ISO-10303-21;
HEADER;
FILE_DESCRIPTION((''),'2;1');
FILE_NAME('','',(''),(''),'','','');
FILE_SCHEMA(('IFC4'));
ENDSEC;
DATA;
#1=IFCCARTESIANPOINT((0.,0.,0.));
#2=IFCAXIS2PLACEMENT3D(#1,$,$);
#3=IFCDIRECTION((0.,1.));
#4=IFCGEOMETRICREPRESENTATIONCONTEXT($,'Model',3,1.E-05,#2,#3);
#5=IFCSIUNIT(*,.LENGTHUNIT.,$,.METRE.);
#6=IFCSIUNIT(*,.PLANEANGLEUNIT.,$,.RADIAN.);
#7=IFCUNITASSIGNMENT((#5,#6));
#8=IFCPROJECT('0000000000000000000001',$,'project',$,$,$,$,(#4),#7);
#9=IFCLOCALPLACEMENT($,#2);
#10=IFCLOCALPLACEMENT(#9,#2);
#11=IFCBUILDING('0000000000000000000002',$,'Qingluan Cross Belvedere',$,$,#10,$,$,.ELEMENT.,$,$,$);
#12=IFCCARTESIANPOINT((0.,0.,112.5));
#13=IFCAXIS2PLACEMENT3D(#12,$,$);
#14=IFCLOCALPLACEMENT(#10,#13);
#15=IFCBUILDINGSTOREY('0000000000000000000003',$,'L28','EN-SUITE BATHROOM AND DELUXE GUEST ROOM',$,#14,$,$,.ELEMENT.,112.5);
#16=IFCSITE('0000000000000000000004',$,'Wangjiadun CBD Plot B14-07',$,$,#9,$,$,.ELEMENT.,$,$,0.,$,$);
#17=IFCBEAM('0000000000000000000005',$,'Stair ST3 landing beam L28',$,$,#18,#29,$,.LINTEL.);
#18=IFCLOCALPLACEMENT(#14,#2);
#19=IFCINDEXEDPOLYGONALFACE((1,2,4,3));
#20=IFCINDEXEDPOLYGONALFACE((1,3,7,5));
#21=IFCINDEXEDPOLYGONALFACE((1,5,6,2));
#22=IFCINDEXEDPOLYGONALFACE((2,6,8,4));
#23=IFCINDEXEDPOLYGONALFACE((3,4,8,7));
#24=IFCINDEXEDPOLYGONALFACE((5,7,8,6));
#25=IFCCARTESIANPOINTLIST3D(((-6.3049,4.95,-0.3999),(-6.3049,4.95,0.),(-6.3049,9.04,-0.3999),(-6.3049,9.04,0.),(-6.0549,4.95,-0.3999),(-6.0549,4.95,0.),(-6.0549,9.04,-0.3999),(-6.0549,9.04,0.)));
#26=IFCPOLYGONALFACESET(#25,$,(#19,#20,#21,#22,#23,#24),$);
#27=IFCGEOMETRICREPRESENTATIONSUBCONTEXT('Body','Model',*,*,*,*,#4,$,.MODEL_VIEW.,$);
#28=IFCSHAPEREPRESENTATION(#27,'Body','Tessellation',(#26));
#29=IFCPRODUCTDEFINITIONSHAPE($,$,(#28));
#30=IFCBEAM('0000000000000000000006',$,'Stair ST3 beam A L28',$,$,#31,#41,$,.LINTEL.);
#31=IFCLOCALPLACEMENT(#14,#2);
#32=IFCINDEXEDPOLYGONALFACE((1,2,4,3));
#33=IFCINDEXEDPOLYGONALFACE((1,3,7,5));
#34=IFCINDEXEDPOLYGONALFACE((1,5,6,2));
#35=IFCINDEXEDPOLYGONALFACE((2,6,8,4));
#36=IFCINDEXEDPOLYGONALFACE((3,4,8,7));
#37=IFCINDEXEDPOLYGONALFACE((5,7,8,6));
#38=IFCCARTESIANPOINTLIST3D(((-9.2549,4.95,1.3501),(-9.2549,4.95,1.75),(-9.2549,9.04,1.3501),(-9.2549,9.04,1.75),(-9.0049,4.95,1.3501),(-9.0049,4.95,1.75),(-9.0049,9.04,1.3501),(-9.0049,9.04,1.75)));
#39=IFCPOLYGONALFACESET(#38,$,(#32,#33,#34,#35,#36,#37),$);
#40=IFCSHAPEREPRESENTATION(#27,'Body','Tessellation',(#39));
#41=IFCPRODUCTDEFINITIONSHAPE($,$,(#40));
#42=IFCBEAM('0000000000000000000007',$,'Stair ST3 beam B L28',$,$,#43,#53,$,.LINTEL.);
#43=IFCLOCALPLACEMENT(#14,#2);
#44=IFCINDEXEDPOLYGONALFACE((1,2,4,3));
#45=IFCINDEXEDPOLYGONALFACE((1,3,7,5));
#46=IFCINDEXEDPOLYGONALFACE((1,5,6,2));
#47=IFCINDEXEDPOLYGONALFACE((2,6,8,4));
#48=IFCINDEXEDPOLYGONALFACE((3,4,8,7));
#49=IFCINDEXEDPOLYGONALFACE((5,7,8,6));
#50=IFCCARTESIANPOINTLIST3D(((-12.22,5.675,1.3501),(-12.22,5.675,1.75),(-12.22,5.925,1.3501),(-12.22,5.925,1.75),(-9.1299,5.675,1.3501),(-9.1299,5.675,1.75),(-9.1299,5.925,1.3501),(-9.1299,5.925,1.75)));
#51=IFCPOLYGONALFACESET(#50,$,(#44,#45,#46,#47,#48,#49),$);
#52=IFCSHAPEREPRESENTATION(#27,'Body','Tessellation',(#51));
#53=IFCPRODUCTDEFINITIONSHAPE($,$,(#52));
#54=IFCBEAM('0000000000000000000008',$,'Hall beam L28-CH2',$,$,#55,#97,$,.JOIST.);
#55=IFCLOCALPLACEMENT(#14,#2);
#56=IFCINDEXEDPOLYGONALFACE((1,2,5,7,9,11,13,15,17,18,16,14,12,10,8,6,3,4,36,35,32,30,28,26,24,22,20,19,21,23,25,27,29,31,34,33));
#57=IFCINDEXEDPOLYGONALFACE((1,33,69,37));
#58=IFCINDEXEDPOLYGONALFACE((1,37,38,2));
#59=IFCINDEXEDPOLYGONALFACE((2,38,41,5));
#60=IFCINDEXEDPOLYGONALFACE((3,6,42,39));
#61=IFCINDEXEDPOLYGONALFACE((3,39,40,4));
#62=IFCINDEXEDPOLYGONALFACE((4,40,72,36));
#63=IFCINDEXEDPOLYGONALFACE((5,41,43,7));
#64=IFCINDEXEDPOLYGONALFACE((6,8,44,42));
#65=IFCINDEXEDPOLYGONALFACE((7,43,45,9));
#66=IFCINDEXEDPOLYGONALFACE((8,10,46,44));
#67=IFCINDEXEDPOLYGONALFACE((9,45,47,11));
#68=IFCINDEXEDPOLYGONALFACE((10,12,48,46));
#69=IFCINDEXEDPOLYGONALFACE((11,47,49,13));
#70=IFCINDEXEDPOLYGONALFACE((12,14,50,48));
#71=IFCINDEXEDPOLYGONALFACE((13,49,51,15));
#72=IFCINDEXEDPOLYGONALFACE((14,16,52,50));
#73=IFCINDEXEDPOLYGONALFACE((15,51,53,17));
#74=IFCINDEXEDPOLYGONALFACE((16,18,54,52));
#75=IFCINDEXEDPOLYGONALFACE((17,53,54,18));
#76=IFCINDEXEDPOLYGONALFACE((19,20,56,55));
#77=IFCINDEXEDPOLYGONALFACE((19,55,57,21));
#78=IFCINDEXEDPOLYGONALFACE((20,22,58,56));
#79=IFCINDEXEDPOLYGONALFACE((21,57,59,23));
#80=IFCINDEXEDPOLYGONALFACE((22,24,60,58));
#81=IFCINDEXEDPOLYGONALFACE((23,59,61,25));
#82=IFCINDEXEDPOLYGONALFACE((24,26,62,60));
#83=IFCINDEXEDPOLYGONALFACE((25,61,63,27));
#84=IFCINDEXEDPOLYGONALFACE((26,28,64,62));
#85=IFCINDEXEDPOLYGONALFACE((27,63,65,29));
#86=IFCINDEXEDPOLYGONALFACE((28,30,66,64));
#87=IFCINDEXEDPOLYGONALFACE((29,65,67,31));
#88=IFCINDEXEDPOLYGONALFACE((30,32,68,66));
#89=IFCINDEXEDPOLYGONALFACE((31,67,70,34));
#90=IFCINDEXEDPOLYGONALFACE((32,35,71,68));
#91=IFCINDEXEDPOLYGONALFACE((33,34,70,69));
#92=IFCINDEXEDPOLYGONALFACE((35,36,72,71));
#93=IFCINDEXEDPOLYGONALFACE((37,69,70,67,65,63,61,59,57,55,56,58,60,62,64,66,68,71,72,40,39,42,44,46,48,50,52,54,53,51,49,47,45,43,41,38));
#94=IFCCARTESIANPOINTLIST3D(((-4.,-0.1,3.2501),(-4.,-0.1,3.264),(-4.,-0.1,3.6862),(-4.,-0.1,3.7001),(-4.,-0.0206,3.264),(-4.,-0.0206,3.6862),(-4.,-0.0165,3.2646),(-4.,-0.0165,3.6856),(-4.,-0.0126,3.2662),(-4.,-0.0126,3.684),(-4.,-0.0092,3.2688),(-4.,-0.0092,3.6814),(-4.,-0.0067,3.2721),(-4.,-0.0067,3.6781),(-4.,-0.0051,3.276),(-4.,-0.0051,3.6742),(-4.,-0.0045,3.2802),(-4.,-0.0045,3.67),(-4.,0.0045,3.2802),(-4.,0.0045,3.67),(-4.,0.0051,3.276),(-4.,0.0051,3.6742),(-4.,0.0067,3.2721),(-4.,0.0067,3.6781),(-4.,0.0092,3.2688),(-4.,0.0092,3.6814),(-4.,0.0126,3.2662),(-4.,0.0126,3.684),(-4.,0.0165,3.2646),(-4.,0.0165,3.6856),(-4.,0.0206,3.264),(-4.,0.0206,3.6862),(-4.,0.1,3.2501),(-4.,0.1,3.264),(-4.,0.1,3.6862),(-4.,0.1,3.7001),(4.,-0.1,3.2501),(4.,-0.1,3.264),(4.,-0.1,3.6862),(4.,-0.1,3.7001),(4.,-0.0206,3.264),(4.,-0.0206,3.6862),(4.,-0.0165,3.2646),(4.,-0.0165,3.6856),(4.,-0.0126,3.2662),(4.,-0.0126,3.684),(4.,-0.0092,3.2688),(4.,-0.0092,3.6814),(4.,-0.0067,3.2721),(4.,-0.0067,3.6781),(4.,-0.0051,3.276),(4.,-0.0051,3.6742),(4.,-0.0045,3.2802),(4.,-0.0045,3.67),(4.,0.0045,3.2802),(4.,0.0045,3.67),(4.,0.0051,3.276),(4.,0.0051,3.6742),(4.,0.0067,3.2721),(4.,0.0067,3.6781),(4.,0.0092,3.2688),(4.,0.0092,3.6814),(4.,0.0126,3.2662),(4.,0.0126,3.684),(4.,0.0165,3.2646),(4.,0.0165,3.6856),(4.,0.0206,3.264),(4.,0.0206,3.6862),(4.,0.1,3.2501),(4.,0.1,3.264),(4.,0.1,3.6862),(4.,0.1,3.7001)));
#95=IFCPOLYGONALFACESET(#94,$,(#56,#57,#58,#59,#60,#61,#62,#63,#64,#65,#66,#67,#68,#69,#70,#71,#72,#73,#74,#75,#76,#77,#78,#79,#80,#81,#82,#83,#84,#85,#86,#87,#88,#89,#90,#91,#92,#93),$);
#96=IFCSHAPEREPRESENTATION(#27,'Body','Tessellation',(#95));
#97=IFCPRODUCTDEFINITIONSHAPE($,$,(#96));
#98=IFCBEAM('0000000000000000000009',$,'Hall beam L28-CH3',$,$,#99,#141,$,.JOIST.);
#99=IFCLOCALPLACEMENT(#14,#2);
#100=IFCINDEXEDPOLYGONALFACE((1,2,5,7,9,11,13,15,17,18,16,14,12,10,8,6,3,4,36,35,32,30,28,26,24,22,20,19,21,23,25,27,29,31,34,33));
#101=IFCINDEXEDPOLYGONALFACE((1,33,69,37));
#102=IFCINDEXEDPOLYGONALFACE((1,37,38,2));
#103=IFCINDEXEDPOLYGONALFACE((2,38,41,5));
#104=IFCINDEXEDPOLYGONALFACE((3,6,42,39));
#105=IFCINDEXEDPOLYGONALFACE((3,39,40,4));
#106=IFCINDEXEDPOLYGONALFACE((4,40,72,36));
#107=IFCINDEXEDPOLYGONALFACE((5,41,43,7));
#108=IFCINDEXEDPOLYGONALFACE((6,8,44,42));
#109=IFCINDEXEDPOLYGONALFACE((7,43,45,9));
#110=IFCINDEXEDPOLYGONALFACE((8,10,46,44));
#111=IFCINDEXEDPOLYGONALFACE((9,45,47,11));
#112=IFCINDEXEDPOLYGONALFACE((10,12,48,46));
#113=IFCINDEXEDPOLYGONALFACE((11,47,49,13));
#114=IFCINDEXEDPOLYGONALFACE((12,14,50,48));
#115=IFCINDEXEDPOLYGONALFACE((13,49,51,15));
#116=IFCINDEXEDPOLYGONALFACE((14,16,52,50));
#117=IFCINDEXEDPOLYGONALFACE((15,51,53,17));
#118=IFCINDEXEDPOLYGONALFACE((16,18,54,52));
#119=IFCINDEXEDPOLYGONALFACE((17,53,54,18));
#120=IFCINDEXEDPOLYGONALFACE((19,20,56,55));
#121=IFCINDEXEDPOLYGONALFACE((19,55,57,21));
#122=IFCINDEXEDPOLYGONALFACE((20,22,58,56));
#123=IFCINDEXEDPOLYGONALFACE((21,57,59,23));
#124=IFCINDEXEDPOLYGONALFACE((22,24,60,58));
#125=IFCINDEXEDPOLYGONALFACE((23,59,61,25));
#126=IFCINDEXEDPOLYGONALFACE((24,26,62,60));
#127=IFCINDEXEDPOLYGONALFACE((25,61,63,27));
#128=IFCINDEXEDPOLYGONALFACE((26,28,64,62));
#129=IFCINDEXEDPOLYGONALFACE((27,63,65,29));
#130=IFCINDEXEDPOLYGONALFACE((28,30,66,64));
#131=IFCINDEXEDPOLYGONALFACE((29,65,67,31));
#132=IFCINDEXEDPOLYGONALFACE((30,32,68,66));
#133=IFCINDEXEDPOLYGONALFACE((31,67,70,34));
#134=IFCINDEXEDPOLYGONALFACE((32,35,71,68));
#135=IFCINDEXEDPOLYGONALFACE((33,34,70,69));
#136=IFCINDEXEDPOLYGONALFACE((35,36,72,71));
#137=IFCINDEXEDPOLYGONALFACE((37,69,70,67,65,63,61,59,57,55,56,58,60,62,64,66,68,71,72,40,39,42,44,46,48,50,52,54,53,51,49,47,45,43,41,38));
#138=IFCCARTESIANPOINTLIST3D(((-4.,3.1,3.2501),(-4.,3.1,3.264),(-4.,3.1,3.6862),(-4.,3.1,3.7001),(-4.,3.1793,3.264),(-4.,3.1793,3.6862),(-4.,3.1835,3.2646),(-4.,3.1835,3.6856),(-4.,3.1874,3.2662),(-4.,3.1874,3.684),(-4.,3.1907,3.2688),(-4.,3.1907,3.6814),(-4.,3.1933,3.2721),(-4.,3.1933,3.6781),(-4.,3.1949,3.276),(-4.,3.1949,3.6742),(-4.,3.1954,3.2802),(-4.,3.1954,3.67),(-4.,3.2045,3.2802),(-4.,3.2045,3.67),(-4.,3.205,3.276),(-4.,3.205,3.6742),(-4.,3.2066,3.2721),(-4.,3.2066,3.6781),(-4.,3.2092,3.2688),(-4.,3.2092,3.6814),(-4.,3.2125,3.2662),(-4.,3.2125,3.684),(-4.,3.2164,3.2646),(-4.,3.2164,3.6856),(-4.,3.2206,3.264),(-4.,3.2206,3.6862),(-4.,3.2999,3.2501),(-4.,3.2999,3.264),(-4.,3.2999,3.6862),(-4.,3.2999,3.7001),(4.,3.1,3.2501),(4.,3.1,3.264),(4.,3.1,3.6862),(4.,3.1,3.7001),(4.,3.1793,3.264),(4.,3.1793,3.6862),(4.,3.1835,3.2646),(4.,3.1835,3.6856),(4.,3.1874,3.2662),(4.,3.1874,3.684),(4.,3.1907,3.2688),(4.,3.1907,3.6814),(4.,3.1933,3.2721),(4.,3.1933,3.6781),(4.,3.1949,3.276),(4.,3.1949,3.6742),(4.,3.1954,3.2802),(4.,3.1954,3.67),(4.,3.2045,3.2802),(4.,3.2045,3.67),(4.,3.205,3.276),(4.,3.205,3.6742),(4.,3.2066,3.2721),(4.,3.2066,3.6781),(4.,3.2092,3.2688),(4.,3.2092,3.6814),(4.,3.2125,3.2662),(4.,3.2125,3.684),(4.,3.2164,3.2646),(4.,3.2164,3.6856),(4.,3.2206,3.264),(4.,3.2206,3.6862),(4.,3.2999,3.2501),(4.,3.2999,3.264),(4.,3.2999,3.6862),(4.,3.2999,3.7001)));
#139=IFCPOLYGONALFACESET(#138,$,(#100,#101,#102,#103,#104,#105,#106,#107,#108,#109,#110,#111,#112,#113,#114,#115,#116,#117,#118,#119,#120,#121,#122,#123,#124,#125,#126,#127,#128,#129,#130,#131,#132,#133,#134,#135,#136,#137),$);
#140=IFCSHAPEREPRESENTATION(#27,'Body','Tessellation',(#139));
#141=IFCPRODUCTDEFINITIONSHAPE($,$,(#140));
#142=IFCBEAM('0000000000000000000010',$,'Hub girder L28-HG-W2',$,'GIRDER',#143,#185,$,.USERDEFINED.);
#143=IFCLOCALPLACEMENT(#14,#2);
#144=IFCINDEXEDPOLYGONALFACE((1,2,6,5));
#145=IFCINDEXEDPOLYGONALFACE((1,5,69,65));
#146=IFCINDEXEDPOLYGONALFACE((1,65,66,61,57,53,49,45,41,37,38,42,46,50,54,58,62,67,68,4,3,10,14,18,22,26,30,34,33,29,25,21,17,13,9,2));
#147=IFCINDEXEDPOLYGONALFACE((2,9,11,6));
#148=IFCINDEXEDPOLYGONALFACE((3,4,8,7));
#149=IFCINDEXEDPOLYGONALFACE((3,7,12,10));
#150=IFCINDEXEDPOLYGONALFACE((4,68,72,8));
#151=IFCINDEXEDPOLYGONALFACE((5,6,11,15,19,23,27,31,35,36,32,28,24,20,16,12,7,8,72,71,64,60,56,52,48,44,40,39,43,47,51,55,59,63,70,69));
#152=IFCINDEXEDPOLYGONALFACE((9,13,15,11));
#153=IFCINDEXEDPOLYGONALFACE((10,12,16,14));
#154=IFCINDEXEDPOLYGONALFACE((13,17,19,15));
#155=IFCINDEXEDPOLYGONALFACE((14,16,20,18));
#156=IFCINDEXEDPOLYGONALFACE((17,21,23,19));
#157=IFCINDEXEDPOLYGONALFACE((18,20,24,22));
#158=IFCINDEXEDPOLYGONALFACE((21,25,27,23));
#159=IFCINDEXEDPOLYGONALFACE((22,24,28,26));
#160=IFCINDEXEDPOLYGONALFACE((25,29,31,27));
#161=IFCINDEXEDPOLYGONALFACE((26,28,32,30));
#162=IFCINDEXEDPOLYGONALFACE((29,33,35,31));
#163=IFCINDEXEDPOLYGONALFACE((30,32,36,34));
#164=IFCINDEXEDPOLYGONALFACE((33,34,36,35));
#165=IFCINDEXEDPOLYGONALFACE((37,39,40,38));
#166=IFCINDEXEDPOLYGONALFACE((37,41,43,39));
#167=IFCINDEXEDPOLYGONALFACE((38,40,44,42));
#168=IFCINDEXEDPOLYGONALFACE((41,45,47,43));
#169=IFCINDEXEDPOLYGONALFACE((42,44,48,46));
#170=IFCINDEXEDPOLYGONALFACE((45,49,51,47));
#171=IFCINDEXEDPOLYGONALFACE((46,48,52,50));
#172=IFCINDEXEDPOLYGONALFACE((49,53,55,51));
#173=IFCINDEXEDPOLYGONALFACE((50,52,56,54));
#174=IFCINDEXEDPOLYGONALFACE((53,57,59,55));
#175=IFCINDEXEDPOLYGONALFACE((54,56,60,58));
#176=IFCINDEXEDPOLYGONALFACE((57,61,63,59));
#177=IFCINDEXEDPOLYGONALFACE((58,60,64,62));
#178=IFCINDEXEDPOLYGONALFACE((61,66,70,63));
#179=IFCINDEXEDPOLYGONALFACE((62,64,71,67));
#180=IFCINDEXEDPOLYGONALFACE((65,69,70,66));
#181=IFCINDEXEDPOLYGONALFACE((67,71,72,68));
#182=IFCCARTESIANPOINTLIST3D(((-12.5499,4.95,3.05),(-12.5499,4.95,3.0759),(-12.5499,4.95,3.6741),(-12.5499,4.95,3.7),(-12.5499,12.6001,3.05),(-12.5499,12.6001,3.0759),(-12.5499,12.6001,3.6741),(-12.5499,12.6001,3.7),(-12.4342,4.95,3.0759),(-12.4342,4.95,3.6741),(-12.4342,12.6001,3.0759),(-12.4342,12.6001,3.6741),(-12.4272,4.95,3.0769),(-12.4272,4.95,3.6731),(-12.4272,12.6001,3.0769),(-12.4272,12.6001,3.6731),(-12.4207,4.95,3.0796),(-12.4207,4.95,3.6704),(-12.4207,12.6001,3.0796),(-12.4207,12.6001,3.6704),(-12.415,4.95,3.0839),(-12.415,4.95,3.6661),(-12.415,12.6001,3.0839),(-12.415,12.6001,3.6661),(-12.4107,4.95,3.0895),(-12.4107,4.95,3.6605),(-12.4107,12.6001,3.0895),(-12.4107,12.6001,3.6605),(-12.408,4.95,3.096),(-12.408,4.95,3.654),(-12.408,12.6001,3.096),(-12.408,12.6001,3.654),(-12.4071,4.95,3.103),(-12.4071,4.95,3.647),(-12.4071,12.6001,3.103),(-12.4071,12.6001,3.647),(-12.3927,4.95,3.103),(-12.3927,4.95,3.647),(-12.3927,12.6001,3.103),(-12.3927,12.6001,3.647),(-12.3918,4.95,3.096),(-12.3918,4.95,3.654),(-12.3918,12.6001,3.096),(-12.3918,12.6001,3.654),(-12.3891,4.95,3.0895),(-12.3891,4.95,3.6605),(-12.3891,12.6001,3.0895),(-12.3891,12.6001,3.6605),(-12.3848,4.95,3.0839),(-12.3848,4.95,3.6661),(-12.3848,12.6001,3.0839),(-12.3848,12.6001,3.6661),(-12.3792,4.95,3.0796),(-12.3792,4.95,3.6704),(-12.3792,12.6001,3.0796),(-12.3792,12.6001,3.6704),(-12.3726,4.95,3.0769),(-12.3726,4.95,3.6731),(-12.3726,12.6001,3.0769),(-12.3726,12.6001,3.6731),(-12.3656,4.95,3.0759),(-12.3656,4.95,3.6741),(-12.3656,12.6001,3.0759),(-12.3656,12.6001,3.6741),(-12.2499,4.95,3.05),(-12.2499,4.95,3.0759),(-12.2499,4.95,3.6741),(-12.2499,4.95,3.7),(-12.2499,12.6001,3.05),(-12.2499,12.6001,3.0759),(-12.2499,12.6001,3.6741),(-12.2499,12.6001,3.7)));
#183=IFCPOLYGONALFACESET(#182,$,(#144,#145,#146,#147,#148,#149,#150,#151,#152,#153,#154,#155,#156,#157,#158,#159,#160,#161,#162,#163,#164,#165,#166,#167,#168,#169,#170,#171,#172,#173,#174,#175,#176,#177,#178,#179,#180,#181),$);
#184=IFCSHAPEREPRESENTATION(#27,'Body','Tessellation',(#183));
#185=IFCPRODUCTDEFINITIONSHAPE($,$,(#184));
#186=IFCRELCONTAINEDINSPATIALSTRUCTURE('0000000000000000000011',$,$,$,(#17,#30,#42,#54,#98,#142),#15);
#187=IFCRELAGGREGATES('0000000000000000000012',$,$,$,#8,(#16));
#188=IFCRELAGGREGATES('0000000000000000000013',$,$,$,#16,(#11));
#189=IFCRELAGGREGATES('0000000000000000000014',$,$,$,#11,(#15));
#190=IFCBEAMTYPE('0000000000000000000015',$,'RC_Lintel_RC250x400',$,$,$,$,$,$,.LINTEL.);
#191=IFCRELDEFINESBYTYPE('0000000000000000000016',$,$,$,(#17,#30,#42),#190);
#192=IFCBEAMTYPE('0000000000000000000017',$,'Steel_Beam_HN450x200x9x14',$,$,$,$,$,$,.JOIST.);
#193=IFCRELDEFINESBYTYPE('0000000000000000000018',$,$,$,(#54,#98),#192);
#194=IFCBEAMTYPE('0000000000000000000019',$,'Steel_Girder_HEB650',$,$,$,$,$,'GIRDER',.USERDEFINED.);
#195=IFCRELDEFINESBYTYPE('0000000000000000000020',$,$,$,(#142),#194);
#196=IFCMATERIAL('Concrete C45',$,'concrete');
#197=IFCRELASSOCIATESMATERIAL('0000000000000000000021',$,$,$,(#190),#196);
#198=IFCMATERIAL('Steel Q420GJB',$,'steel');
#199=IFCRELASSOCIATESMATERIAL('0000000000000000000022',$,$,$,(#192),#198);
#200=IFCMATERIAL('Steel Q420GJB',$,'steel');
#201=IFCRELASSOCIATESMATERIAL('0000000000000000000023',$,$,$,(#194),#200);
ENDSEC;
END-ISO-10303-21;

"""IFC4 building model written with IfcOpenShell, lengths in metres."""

from ifc_helpers import new_model, si_unit, direction, frame, origin, origin_2d, place, context, subcontext, project, spatial, rectangle, i_section, extrude, material, material_profile, profile_set, type_object, element, save


model = new_model("IFC4")

# Units and contexts
model_context = context("Model", 3, precision=1e-05, world=origin(), true_north=direction((0.0, 1.0)))
body_context = subcontext(model_context, "Body", "Model", "MODEL_VIEW")
ifc_project = project(units=[si_unit("LENGTHUNIT", "METRE"), si_unit("PLANEANGLEUNIT", "RADIAN")], contexts=[model_context])

# Site, building, storey
site_placement = place(None, origin())
site = spatial("IfcSite", under=ifc_project, at=site_placement, Name="Wangjiadun CBD Plot B14-07", CompositionType="ELEMENT", RefElevation=0.0)
building_placement = place(site_placement, origin())
building = spatial("IfcBuilding", under=site, at=building_placement, Name="Qingluan Cross Belvedere", CompositionType="ELEMENT")
storey_placement = place(building_placement, frame((0.0, 0.0, 112.5)))
storey = spatial("IfcBuildingStorey", under=building, at=storey_placement, Name="L28", Description="EN-SUITE BATHROOM AND DELUXE GUEST ROOM", CompositionType="ELEMENT", Elevation=112.5)

# Beams
ifc_material_1 = material(Name="Concrete C45", Category="concrete")
ifc_material_profile_1 = material_profile(ifc_material_1, rectangle(XDim=0.25, YDim=0.3999, at=origin_2d()), Name="RC250x400")
ifc_profile_set_1 = profile_set([ifc_material_profile_1], Name="Concrete C45")
beam_type_1 = type_object("IfcBeamType", Name="RC_Lintel_RC250x400", PredefinedType="LINTEL", material=ifc_profile_set_1)
for number, where, z_axis, x_axis, name in (
    (1, (-6.1799, 4.95, -0.2), (0.0, 1.0, 0.0), (-1.0, 0.0, 0.0), "Stair ST3 landing beam L28"),
    (2, (-9.1299, 4.95, 1.55), (0.0, 1.0, 0.0), (-1.0, 0.0, 0.0), "Stair ST3 beam A L28"),
):
    element("IfcBeam", number, at=place(storey_placement, frame(where, z_axis=z_axis, x_axis=x_axis)), inside=storey, type_object=beam_type_1, Name=name, PredefinedType="LINTEL", context=body_context, shape_type="SweptSolid", body=[
        extrude(rectangle(XDim=0.25, YDim=0.3999, at=origin_2d()), origin(), (0.0, 0.0, 1.0), 4.0901),
    ])
beam_1_placement = place(storey_placement, frame((-12.22, 5.8, 1.55), z_axis=(1.0, 0.0, 0.0), x_axis=(0.0, 1.0, 0.0)))
element("IfcBeam", 3, at=beam_1_placement, inside=storey, type_object=beam_type_1, Name="Stair ST3 beam B L28", PredefinedType="LINTEL", context=body_context, shape_type="SweptSolid", body=[
    extrude(rectangle(XDim=0.25, YDim=0.3999, at=origin_2d()), origin(), (0.0, 0.0, 1.0), 3.0901),
])
ifc_material_2 = material(Name="Steel Q420GJB", Category="steel")
ifc_material_profile_2 = material_profile(ifc_material_2, i_section(OverallWidth=0.2, OverallDepth=0.45, WebThickness=0.009, FlangeThickness=0.0139, FilletRadius=0.0161, at=origin_2d()), Name="HN450x200x9x14")
ifc_profile_set_2 = profile_set([ifc_material_profile_2], Name="Steel Q420GJB")
beam_type_2 = type_object("IfcBeamType", Name="Steel_Beam_HN450x200x9x14", PredefinedType="JOIST", material=ifc_profile_set_2)
for number, where, z_axis, x_axis, name in (
    (4, (-4.0, 0.0, 3.4751), (1.0, 0.0, 0.0), (0.0, 1.0, 0.0), "Hall beam L28-CH2"),
    (5, (-4.0, 3.2, 3.4751), (1.0, 0.0, 0.0), (0.0, 1.0, 0.0), "Hall beam L28-CH3"),
):
    element("IfcBeam", number, at=place(storey_placement, frame(where, z_axis=z_axis, x_axis=x_axis)), inside=storey, type_object=beam_type_2, Name=name, PredefinedType="JOIST", context=body_context, shape_type="SweptSolid", body=[
        extrude(i_section(OverallWidth=0.2, OverallDepth=0.45, WebThickness=0.009, FlangeThickness=0.0139, FilletRadius=0.0161, at=origin_2d()), origin(), (0.0, 0.0, 1.0), 8.0),
    ])
ifc_material_3 = material(Name="Steel Q420GJB", Category="steel")
ifc_material_profile_3 = material_profile(ifc_material_3, i_section(OverallWidth=0.3, OverallDepth=0.6499, WebThickness=0.0144, FlangeThickness=0.0259, FilletRadius=0.0271, at=origin_2d()), Name="HEB650")
ifc_profile_set_3 = profile_set([ifc_material_profile_3], Name="Steel Q420GJB")
beam_type_3 = type_object("IfcBeamType", Name="Steel_Girder_HEB650", ElementType="GIRDER", PredefinedType="USERDEFINED", material=ifc_profile_set_3)
beam_2_placement = place(storey_placement, frame((-12.3999, 4.95, 3.375), z_axis=(0.0, 1.0, 0.0), x_axis=(-1.0, 0.0, 0.0)))
element("IfcBeam", 6, at=beam_2_placement, inside=storey, type_object=beam_type_3, Name="Hub girder L28-HG-W2", ObjectType="GIRDER", PredefinedType="USERDEFINED", context=body_context, shape_type="SweptSolid", body=[
    extrude(i_section(OverallWidth=0.3, OverallDepth=0.6499, WebThickness=0.0144, FlangeThickness=0.0259, FilletRadius=0.0271, at=origin_2d()), origin(), (0.0, 0.0, 1.0), 7.6501),
])

save(model, "model.ifc")
